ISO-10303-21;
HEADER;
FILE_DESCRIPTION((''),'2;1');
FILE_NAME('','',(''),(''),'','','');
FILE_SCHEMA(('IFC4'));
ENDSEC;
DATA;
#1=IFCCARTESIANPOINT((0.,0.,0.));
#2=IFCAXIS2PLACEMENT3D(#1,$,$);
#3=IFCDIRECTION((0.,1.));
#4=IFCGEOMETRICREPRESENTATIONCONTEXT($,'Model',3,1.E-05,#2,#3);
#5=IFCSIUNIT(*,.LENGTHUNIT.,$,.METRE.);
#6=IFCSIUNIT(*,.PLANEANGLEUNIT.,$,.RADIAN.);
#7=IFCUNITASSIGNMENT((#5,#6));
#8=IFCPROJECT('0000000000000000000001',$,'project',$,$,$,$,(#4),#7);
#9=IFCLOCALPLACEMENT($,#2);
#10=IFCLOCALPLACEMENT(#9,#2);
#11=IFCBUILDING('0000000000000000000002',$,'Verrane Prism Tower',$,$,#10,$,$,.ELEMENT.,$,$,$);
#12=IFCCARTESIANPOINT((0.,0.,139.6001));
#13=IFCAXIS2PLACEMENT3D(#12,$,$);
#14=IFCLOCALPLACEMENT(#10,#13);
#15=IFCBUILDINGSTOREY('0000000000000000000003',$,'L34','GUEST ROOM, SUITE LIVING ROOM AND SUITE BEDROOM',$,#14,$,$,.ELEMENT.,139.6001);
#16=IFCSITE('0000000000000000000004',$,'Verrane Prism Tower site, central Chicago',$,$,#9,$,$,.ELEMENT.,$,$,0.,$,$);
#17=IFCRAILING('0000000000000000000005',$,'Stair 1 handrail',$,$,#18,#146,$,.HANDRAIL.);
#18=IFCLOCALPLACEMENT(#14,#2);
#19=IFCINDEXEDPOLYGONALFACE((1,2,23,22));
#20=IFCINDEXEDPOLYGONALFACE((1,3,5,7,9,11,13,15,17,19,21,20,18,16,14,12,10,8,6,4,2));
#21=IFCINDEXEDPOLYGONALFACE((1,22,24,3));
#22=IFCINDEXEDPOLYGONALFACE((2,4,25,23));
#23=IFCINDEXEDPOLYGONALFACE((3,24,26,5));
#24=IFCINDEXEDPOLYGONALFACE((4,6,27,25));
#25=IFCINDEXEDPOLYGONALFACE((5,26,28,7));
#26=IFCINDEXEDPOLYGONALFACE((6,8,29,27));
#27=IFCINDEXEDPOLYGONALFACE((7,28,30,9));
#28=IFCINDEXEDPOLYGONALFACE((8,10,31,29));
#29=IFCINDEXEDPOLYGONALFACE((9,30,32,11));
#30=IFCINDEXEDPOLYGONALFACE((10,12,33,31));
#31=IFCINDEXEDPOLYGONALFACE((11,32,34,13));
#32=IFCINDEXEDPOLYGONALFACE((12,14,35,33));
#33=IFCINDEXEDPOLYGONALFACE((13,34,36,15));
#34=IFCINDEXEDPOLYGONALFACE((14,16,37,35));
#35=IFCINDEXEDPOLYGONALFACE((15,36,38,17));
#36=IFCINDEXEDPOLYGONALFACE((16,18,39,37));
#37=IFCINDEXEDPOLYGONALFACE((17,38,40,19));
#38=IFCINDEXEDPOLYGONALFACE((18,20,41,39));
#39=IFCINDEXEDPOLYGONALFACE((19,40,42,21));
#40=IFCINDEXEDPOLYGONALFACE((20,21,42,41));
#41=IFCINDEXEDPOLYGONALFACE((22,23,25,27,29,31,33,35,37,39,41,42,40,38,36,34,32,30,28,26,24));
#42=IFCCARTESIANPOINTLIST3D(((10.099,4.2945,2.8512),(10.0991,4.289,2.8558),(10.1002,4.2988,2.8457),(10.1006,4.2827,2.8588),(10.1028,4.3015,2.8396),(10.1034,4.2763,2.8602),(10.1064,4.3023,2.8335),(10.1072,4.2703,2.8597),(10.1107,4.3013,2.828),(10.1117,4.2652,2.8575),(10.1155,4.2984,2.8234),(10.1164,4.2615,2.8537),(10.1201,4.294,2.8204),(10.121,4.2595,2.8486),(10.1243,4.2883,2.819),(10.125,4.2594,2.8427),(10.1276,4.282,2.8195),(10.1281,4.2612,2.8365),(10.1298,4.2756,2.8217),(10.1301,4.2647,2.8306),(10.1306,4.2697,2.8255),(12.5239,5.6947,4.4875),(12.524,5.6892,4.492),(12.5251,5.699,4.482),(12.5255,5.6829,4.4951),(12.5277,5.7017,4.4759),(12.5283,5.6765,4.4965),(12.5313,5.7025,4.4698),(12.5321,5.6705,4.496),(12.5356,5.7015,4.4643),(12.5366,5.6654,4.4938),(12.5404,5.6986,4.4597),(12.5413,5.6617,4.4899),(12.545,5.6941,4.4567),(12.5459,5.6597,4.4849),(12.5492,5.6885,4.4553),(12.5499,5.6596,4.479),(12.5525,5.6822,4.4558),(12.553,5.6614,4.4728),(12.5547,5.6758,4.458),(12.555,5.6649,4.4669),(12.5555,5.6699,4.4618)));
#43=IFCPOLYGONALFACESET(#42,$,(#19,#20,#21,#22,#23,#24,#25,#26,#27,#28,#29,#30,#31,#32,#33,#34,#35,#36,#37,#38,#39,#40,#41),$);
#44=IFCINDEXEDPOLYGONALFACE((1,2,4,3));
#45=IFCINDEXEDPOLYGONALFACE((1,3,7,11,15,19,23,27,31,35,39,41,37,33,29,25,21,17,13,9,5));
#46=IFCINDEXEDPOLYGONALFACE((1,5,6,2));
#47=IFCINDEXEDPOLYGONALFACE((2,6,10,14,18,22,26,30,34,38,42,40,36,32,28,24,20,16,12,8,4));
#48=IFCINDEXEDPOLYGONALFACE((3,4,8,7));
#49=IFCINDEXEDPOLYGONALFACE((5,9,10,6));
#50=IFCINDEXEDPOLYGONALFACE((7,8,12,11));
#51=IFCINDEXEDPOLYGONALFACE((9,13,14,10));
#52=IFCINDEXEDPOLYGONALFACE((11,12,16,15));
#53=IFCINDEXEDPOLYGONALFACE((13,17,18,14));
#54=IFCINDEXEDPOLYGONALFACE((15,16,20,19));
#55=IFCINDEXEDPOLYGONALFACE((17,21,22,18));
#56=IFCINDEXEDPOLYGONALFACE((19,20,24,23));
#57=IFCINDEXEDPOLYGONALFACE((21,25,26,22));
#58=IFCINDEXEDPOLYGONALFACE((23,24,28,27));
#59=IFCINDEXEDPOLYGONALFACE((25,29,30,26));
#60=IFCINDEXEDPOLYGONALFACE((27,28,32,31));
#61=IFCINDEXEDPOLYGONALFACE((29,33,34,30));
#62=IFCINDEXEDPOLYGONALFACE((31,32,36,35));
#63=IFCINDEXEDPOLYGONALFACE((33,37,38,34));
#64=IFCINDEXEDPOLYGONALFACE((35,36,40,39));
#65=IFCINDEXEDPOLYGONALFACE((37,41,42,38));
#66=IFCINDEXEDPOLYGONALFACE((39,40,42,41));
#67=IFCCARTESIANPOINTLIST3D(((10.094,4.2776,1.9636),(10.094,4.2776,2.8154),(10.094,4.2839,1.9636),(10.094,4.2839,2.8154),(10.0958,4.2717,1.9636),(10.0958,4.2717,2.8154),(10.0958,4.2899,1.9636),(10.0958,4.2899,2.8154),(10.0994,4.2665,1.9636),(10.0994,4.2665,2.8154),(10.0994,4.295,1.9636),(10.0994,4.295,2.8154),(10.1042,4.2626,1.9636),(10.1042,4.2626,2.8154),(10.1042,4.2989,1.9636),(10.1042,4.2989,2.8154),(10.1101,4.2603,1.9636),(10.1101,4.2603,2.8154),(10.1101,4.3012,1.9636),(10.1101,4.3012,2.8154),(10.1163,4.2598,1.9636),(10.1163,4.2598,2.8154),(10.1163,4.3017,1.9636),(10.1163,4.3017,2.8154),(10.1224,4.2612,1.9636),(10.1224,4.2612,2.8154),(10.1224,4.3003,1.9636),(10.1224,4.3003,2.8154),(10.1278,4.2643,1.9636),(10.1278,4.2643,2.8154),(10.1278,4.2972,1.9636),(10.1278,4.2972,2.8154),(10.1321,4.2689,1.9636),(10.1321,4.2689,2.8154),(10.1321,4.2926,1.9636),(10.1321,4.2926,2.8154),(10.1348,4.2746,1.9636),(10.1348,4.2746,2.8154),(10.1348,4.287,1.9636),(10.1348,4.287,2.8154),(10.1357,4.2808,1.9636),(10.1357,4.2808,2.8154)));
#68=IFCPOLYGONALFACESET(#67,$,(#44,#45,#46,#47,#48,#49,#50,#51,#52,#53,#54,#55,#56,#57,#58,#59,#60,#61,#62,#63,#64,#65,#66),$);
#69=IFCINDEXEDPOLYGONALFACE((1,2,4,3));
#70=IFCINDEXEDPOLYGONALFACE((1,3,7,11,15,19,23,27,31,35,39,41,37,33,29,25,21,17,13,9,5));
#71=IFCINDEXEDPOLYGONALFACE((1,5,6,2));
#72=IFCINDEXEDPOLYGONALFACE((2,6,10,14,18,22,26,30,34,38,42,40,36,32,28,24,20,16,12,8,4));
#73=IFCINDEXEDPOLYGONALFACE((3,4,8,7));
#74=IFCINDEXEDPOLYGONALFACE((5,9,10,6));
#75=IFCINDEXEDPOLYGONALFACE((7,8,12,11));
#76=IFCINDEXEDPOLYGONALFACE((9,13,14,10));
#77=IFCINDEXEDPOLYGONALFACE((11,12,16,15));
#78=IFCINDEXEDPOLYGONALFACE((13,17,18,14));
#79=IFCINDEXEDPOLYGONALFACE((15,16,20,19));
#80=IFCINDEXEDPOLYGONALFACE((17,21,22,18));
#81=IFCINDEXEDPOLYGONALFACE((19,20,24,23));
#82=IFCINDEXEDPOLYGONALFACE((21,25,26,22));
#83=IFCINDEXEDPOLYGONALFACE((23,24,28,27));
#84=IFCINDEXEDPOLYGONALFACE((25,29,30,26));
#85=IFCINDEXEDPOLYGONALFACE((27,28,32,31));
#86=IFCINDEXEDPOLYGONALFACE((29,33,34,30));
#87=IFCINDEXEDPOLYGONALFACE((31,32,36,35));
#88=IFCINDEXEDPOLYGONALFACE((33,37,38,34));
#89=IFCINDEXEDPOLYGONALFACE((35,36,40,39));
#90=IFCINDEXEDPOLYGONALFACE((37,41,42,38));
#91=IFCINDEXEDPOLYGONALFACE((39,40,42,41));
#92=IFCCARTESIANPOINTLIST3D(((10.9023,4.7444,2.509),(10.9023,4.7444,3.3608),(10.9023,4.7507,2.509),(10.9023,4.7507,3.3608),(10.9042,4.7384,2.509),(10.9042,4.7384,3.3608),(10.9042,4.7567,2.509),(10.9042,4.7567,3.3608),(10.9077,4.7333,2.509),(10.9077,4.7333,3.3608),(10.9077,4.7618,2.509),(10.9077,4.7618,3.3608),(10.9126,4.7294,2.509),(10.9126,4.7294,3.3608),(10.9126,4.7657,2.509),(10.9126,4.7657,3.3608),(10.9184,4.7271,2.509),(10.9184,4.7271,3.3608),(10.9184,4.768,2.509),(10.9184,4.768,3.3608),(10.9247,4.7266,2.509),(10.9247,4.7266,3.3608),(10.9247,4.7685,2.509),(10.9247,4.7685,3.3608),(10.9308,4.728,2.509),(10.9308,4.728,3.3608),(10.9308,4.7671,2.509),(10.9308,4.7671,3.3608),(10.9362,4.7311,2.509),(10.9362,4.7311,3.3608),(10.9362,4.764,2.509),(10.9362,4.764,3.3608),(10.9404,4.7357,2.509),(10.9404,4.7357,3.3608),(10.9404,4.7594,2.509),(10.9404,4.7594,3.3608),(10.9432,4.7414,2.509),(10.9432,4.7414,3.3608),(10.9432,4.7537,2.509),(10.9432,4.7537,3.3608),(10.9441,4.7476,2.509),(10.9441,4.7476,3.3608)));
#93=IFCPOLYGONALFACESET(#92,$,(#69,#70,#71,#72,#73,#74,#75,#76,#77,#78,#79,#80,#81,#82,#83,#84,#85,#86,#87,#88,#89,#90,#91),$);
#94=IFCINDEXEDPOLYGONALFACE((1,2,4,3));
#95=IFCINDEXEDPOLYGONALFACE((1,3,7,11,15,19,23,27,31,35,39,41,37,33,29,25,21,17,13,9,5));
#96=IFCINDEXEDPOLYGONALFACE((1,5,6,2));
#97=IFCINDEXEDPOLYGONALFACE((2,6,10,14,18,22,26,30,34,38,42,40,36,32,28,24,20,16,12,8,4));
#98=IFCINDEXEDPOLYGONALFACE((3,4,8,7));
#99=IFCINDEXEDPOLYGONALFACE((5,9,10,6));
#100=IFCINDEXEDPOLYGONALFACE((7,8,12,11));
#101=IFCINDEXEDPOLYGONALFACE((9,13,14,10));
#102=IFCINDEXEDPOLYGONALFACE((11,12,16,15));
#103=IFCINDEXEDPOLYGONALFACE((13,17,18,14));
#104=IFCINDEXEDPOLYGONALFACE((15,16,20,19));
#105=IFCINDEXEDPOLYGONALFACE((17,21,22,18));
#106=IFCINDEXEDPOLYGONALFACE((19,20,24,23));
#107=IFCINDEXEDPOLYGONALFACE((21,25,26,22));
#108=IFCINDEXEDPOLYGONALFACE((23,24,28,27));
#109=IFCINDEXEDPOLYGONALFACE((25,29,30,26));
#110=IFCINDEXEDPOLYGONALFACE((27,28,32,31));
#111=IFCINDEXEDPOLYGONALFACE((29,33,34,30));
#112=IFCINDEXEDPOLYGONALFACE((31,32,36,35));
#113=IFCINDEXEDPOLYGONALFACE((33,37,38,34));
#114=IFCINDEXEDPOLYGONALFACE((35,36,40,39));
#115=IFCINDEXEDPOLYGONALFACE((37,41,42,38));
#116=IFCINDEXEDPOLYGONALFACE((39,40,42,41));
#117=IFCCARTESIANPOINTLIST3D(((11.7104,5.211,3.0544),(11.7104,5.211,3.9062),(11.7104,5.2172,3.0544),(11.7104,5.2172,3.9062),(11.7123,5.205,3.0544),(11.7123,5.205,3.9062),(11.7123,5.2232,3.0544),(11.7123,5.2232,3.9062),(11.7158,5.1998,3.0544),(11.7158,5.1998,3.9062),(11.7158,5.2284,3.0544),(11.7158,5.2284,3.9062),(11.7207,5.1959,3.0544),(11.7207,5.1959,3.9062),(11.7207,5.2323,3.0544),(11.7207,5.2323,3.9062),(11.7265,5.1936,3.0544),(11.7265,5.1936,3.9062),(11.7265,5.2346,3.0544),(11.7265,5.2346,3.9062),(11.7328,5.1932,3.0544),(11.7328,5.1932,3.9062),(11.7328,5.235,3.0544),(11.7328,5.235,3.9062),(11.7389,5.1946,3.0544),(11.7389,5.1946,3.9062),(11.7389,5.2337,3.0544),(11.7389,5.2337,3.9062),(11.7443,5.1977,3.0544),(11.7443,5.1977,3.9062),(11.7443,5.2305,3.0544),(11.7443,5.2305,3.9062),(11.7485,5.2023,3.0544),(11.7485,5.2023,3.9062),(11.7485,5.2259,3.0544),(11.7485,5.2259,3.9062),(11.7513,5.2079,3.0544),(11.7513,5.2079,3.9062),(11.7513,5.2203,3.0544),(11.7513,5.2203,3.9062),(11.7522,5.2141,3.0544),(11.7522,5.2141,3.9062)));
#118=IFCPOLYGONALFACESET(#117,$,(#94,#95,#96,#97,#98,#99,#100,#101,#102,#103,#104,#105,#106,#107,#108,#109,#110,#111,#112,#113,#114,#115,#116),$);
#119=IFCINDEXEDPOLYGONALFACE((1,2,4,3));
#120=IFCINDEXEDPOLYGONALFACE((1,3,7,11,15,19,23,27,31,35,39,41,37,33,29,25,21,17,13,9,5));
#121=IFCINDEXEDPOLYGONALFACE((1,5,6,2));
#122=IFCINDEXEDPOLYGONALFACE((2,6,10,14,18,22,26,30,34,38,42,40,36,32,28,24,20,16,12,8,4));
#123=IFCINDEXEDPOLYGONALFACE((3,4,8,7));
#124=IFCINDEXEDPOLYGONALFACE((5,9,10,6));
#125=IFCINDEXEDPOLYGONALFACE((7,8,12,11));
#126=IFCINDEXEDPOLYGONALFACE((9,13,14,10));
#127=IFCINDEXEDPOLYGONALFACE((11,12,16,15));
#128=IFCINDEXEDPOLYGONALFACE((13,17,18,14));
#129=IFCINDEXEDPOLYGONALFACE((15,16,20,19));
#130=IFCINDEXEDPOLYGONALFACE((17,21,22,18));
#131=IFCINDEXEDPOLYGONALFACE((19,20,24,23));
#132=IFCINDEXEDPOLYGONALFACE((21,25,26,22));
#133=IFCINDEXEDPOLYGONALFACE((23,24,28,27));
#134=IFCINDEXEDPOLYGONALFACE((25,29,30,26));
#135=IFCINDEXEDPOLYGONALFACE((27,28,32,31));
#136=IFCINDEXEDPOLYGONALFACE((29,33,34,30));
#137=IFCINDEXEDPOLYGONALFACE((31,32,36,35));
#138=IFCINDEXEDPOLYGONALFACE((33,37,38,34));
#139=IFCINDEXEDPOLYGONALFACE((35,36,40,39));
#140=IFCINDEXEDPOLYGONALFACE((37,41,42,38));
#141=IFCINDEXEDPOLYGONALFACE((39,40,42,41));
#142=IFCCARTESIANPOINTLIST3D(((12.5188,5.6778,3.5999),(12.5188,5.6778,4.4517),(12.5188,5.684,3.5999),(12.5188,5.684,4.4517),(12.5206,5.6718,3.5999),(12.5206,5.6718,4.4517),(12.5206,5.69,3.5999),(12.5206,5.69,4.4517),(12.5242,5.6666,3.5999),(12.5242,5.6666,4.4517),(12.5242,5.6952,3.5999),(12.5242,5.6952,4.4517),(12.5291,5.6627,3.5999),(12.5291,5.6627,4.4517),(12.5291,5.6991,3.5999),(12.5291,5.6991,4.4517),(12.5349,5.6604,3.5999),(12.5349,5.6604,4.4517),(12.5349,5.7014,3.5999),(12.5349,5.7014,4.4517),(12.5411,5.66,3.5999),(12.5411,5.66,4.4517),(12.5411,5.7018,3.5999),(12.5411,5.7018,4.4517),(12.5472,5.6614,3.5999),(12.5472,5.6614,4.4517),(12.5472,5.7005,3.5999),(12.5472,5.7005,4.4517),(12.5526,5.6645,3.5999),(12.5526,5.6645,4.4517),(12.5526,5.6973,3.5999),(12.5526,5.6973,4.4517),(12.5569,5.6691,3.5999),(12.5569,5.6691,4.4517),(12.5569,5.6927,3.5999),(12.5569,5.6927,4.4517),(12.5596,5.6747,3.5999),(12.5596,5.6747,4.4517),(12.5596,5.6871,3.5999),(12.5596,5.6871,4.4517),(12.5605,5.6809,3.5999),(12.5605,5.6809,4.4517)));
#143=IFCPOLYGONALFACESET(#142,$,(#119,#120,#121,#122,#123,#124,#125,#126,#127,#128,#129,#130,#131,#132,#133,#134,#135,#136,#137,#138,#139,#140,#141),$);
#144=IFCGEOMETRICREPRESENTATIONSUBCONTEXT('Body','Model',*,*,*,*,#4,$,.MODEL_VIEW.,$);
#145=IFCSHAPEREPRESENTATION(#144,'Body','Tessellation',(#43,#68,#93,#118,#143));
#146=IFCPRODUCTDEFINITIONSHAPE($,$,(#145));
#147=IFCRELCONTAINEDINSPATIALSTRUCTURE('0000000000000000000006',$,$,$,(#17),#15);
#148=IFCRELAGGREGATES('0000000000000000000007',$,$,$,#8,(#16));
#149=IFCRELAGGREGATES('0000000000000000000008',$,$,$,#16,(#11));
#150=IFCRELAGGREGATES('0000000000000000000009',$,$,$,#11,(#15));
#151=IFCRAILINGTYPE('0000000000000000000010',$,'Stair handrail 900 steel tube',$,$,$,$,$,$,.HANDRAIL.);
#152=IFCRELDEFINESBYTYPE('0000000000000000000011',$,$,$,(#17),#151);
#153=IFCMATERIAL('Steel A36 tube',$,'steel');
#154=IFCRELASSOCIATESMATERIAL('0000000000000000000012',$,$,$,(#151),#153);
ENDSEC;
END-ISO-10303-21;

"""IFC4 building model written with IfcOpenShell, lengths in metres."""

from ifc_helpers import new_model, si_unit, direction, frame, origin, origin_2d, place, context, subcontext, project, spatial, circle, extrude, material, type_object, element, save


model = new_model("IFC4")

# Units and contexts
model_context = context("Model", 3, precision=1e-05, world=origin(), true_north=direction((0.0, 1.0)))
body_context = subcontext(model_context, "Body", "Model", "MODEL_VIEW")
ifc_project = project(units=[si_unit("LENGTHUNIT", "METRE"), si_unit("PLANEANGLEUNIT", "RADIAN")], contexts=[model_context])

# Site, building, storey
site_placement = place(None, origin())
site = spatial("IfcSite", under=ifc_project, at=site_placement, Name="Verrane Prism Tower site, central Chicago", CompositionType="ELEMENT", RefElevation=0.0)
building_placement = place(site_placement, origin())
building = spatial("IfcBuilding", under=site, at=building_placement, Name="Verrane Prism Tower", CompositionType="ELEMENT")
storey_placement = place(building_placement, frame((0.0, 0.0, 139.6001)))
storey = spatial("IfcBuildingStorey", under=building, at=storey_placement, Name="L34", Description="GUEST ROOM, SUITE LIVING ROOM AND SUITE BEDROOM", CompositionType="ELEMENT", Elevation=139.6001)

# Railing
ifc_material_1 = material(Name="Steel A36 tube", Category="steel")
railing_type_1 = type_object("IfcRailingType", Name="Stair handrail 900 steel tube", PredefinedType="HANDRAIL", material=ifc_material_1)
railing_1_placement = place(storey_placement, frame((10.1147, 4.2808, 1.9636)))
element("IfcRailing", 1, at=railing_1_placement, inside=storey, type_object=railing_type_1, Name="Stair 1 handrail", PredefinedType="HANDRAIL", context=body_context, shape_type="SweptSolid", body=[
    extrude(circle(Radius=0.0239, at=origin_2d()), frame((0.0, 0.0, 0.876), z_axis=(0.747694, 0.431738, 0.504535), x_axis=(-0.50005, 0.865997, 0.0)), (0.0, 0.0, 1.0), 3.2432),
    extrude(circle(Radius=0.021, at=origin_2d()), origin(), (0.0, 0.0, 1.0), 0.8518),
    extrude(circle(Radius=0.021, at=origin_2d()), frame((0.8083, 0.4668, 0.5454)), (0.0, 0.0, 1.0), 0.8518),
    extrude(circle(Radius=0.021, at=origin_2d()), frame((1.6165, 0.9333, 1.0908)), (0.0, 0.0, 1.0), 0.8518),
    extrude(circle(Radius=0.021, at=origin_2d()), frame((2.4248, 1.4001, 1.6362)), (0.0, 0.0, 1.0), 0.8518),
])

save(model, "model.ifc")
